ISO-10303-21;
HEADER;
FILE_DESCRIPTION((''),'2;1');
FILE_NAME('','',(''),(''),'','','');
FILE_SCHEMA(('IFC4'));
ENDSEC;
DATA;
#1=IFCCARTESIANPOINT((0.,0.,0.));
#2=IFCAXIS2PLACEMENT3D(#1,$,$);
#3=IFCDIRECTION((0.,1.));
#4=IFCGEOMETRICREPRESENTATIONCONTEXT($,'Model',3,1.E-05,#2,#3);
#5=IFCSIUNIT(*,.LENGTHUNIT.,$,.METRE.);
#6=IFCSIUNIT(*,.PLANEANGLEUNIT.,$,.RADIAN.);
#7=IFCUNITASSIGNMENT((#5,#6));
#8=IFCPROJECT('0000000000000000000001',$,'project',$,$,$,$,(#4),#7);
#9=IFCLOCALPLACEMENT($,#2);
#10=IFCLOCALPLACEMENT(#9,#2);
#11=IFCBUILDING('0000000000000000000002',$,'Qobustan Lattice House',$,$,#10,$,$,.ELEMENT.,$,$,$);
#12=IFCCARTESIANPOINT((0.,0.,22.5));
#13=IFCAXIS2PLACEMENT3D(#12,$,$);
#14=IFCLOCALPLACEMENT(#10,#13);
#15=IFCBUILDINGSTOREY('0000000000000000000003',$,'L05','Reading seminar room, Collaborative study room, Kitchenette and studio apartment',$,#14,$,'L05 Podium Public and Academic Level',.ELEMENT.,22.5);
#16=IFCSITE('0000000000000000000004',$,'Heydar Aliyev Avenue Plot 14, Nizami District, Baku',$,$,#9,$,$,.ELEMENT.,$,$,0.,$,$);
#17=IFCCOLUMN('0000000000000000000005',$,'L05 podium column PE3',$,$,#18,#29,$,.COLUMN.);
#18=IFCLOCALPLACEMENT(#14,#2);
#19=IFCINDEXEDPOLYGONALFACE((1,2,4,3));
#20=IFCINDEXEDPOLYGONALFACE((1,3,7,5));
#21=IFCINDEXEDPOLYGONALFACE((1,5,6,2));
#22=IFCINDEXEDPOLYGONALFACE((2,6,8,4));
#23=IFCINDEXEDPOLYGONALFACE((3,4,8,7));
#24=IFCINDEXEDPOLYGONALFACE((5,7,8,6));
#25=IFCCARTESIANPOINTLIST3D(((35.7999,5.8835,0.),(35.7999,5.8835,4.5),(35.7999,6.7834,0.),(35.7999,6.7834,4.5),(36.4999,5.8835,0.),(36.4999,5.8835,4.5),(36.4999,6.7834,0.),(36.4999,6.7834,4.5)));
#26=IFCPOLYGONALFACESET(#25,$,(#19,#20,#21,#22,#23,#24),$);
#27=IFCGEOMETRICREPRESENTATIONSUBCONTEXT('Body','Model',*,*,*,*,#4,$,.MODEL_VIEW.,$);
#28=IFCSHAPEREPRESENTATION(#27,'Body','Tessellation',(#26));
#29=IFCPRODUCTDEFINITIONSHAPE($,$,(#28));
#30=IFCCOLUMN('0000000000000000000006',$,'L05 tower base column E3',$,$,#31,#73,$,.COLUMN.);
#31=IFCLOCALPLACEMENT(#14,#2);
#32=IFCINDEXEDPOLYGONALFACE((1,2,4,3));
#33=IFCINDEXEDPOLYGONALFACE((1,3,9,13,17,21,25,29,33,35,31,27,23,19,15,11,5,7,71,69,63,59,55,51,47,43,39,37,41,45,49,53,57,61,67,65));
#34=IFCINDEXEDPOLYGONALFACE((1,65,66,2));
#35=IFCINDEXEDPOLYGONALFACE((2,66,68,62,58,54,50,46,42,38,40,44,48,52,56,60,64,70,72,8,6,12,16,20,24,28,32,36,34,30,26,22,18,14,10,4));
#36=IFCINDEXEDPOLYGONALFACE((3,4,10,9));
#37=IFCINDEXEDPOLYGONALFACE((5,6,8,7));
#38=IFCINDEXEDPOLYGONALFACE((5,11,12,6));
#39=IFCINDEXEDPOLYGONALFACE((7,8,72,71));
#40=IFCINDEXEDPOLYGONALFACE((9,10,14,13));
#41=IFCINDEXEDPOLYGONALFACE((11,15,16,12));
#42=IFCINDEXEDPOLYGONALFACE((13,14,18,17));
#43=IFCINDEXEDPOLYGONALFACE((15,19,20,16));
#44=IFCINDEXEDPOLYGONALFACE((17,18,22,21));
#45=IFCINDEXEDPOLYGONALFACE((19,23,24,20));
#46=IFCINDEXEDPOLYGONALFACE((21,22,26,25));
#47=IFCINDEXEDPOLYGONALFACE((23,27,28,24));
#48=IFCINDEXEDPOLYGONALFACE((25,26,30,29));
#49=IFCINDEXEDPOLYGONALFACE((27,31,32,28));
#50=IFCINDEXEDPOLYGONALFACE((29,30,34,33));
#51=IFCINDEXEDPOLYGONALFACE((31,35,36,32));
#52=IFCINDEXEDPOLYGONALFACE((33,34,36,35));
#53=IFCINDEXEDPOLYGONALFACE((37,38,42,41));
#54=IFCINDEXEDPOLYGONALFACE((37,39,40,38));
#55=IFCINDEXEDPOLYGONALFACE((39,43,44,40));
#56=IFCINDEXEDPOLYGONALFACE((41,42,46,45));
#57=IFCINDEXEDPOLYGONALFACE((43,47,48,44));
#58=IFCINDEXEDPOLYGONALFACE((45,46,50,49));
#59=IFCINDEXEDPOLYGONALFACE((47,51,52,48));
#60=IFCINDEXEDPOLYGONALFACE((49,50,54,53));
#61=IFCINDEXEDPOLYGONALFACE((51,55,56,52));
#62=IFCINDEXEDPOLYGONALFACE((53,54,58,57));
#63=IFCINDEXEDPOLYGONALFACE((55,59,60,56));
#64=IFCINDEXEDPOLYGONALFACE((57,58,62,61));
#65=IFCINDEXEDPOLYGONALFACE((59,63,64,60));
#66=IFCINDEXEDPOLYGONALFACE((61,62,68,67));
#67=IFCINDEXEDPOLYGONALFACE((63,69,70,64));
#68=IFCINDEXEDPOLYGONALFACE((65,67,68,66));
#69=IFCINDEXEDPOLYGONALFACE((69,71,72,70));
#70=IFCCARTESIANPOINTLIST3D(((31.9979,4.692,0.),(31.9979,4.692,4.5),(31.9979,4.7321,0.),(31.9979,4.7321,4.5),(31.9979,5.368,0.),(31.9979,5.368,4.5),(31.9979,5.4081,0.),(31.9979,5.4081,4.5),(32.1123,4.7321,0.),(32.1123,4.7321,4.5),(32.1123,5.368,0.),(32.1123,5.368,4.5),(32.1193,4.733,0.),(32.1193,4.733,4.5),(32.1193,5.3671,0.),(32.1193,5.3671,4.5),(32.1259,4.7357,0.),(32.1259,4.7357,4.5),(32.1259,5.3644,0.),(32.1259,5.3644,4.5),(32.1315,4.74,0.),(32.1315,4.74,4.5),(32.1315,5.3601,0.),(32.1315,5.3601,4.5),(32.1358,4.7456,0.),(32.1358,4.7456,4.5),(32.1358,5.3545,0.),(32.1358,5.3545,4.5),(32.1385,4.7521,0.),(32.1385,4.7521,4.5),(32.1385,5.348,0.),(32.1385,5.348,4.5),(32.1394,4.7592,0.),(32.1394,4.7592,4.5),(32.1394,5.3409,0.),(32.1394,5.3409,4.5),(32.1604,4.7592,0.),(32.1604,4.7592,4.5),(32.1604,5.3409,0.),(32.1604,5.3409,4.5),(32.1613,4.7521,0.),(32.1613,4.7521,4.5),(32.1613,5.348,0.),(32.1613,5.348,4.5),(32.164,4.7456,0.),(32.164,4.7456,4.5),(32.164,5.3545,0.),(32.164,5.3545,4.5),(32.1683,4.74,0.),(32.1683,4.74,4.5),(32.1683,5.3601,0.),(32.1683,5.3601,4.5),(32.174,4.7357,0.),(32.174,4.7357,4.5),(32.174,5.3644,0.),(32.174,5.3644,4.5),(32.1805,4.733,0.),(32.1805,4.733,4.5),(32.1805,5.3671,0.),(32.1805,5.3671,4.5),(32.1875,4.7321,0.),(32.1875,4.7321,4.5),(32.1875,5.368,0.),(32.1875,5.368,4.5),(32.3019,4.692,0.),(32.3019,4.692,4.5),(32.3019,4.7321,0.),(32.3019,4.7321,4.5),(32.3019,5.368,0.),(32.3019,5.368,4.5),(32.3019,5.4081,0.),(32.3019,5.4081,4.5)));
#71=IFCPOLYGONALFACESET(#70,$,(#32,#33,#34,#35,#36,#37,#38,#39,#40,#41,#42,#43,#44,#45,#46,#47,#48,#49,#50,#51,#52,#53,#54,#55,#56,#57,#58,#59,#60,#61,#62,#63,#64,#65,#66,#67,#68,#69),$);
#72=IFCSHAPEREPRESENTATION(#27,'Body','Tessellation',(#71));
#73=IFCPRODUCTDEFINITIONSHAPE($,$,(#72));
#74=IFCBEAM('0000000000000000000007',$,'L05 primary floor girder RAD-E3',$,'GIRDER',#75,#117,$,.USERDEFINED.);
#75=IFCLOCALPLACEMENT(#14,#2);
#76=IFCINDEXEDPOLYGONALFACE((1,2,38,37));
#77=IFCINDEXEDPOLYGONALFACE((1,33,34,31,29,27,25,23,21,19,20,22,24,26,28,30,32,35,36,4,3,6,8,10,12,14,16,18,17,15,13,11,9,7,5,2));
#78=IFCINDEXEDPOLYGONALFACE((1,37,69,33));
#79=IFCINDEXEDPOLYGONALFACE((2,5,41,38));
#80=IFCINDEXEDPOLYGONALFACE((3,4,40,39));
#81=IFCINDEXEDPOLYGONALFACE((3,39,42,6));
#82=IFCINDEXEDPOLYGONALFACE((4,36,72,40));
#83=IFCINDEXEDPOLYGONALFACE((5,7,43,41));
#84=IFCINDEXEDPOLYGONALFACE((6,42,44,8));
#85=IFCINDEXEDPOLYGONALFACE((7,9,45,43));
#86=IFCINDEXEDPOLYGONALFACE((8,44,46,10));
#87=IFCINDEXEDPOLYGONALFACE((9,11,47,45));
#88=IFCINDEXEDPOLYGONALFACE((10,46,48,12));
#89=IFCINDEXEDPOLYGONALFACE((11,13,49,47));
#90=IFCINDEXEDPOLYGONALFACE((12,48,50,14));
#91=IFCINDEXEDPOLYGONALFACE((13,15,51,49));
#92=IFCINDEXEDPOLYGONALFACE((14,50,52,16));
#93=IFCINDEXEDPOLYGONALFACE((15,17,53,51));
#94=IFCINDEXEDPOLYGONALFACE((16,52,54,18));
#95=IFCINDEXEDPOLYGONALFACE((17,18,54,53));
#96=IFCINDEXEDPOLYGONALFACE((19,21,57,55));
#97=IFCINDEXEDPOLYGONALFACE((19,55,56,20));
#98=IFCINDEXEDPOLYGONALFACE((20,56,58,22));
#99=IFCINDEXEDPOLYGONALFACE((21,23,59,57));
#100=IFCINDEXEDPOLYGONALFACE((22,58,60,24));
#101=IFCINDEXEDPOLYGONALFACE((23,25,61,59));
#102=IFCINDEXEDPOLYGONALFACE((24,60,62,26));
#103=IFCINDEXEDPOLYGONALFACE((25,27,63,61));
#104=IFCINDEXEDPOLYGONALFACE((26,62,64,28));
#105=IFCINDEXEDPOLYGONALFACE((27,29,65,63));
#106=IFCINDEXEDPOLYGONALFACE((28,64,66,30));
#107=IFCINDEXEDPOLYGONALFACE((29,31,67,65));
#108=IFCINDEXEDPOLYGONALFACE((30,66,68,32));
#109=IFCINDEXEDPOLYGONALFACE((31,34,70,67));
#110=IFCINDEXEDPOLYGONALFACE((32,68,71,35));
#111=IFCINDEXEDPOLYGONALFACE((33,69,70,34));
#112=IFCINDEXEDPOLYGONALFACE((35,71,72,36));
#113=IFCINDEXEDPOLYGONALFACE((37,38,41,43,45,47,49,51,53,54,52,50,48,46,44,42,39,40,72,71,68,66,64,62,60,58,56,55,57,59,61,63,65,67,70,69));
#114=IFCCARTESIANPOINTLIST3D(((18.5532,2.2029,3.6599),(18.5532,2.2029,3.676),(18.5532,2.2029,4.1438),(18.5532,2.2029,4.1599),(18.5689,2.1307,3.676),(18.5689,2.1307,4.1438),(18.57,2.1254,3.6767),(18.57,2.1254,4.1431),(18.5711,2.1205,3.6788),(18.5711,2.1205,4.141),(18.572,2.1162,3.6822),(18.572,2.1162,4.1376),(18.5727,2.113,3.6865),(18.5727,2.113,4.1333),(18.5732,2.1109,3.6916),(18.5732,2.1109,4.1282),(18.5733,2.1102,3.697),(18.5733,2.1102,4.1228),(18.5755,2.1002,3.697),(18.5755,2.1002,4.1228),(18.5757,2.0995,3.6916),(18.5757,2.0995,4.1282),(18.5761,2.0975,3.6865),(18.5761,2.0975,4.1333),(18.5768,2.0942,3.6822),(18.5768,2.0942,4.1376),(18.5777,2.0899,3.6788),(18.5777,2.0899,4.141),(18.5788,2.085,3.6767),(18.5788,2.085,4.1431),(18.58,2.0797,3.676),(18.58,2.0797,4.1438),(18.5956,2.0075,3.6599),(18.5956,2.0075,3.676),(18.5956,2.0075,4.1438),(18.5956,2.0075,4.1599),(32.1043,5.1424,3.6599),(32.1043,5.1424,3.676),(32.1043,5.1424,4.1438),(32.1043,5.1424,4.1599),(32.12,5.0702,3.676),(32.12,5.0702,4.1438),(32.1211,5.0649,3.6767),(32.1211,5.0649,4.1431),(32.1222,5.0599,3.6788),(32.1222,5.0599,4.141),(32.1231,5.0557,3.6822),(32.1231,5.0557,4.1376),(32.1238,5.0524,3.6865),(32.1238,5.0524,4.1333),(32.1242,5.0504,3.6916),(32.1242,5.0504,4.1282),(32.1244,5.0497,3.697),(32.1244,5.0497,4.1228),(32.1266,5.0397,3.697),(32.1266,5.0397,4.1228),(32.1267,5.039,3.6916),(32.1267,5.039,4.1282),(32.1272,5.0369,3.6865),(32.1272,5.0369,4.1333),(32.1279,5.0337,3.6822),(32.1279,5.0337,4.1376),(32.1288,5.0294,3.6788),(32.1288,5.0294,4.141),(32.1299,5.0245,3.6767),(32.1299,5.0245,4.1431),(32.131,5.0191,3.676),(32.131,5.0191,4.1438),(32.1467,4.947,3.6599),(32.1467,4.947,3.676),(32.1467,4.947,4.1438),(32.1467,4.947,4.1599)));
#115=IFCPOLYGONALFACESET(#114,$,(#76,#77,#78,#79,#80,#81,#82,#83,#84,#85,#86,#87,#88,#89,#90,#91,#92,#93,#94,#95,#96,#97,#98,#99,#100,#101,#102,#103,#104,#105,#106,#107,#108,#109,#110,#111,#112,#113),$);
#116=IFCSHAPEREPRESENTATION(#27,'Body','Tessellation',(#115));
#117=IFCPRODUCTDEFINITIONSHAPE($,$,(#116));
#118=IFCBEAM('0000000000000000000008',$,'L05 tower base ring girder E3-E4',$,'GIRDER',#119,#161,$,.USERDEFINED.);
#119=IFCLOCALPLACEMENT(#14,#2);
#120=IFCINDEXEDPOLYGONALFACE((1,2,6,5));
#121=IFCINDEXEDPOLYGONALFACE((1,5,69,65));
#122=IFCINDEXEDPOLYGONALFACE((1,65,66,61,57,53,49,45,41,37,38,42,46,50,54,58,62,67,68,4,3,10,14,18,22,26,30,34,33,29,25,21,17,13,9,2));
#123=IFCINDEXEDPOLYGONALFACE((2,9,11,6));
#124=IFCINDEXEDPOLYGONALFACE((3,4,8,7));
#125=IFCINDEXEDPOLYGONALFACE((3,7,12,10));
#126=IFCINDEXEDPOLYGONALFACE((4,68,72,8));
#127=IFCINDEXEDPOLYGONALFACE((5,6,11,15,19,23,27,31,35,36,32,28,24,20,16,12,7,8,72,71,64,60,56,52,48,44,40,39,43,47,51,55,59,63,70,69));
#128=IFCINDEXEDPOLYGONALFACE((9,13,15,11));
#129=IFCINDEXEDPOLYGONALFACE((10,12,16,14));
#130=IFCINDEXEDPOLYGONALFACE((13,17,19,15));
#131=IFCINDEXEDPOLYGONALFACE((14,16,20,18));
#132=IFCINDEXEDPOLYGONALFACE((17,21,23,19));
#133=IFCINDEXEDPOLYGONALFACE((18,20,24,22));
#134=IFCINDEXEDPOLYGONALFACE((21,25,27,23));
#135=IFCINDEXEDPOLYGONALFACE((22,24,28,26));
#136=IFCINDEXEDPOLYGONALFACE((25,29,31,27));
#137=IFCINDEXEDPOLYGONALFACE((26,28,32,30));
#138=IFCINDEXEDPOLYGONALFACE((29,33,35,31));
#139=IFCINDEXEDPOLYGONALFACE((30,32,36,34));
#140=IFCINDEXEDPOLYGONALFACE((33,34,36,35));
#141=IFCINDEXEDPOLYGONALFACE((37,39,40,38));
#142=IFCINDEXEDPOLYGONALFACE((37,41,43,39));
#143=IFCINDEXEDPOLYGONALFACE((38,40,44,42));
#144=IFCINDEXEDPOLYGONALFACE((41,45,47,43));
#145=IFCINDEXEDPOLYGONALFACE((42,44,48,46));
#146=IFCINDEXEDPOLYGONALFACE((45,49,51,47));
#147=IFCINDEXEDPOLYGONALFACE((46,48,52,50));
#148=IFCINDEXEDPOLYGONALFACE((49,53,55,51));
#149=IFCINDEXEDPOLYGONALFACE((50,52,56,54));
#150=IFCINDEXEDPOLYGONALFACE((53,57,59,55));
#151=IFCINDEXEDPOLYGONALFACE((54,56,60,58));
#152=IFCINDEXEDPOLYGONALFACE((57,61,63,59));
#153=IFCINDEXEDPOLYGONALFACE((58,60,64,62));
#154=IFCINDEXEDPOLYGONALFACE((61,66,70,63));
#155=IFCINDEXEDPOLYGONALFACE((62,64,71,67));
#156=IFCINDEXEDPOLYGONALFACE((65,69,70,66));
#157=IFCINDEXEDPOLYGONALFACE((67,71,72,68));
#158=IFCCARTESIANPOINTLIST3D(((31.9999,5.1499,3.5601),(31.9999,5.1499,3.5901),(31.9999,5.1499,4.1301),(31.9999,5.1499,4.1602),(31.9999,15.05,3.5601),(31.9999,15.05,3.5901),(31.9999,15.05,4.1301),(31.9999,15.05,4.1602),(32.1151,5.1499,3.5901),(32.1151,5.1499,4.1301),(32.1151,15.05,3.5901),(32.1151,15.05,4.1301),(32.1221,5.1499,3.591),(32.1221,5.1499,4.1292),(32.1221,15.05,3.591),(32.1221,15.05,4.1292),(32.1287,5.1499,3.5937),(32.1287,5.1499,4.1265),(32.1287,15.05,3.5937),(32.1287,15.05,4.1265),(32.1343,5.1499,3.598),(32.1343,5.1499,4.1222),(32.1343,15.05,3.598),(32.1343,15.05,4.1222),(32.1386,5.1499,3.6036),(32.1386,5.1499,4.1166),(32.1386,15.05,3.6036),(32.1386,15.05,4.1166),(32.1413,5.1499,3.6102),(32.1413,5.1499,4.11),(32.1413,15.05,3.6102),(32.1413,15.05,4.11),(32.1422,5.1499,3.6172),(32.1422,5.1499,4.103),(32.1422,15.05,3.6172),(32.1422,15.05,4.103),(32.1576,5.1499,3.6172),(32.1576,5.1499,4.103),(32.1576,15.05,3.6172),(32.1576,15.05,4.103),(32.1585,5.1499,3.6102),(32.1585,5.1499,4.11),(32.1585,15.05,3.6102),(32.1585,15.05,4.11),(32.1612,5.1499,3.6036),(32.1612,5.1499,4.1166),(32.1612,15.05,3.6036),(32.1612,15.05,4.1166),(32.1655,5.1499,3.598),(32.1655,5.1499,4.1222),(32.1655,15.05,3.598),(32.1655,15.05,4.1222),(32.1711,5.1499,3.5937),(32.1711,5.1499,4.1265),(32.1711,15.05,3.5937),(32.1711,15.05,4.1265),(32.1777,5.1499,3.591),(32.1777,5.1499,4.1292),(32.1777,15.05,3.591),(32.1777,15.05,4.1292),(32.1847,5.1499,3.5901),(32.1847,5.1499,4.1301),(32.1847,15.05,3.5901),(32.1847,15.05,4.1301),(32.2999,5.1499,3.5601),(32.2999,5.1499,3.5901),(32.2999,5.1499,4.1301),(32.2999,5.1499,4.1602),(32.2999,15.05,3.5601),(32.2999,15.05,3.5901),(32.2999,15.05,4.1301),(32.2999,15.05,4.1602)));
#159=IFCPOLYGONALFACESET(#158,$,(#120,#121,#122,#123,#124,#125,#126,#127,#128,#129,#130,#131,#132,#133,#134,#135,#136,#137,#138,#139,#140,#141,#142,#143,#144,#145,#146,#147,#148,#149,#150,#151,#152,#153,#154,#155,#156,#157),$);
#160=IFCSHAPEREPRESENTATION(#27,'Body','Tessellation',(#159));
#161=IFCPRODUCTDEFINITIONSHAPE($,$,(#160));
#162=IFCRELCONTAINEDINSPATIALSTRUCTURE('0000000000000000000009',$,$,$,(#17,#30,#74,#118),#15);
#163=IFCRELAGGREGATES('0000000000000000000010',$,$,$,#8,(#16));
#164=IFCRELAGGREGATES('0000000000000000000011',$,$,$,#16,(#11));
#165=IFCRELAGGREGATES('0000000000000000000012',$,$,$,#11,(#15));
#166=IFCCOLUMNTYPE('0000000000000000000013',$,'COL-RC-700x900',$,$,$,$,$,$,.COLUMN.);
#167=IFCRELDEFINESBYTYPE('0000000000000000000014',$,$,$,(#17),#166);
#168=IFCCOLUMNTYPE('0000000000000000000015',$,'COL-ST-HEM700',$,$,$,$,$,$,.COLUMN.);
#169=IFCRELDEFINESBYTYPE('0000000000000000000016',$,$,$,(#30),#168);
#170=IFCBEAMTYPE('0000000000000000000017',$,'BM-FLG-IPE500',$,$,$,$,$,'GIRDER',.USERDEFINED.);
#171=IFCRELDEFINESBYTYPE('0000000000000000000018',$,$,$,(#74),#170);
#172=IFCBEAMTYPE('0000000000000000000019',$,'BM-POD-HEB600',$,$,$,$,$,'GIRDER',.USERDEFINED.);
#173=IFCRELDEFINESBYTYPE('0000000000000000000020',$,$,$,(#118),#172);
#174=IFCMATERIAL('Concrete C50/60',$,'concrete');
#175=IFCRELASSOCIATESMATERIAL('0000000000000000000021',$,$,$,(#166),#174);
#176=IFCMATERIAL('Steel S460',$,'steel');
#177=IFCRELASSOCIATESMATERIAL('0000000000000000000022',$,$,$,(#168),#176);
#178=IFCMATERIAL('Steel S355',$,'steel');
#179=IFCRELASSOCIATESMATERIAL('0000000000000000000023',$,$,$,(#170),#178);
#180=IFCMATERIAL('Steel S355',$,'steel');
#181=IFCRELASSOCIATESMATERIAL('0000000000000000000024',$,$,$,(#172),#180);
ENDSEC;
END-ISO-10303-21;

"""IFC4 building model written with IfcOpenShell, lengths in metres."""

from ifc_helpers import new_model, si_unit, direction, frame, origin, origin_2d, place, context, subcontext, project, spatial, rectangle, i_section, extrude, material, material_profile, profile_set, type_object, element, save


model = new_model("IFC4")

# Units and contexts
model_context = context("Model", 3, precision=1e-05, world=origin(), true_north=direction((0.0, 1.0)))
body_context = subcontext(model_context, "Body", "Model", "MODEL_VIEW")
ifc_project = project(units=[si_unit("LENGTHUNIT", "METRE"), si_unit("PLANEANGLEUNIT", "RADIAN")], contexts=[model_context])

# Site, building, storey
site_placement = place(None, origin())
site = spatial("IfcSite", under=ifc_project, at=site_placement, Name="Heydar Aliyev Avenue Plot 14, Nizami District, Baku", CompositionType="ELEMENT", RefElevation=0.0)
building_placement = place(site_placement, origin())
building = spatial("IfcBuilding", under=site, at=building_placement, Name="Qobustan Lattice House", CompositionType="ELEMENT")
storey_placement = place(building_placement, frame((0.0, 0.0, 22.5)))
storey = spatial("IfcBuildingStorey", under=building, at=storey_placement, Name="L05", Description="Reading seminar room, Collaborative study room, Kitchenette and studio apartment", LongName="L05 Podium Public and Academic Level", CompositionType="ELEMENT", Elevation=22.5)

# Columns
ifc_material_1 = material(Name="Concrete C50/60", Category="concrete")
ifc_material_profile_1 = material_profile(ifc_material_1, rectangle(XDim=0.7, YDim=0.8999, at=origin_2d()), Name="RC700x900")
ifc_profile_set_1 = profile_set([ifc_material_profile_1], Name="Concrete C50/60")
column_type_1 = type_object("IfcColumnType", Name="COL-RC-700x900", PredefinedType="COLUMN", material=ifc_profile_set_1)
column_1_placement = place(storey_placement, frame((36.1499, 6.3335, 0.0), z_axis=(0.0, 0.0, 1.0), x_axis=(1.0, 0.0, 0.0)))
element("IfcColumn", 1, at=column_1_placement, inside=storey, type_object=column_type_1, Name="L05 podium column PE3", PredefinedType="COLUMN", context=body_context, shape_type="SweptSolid", body=[
    extrude(rectangle(XDim=0.7, YDim=0.8999, at=origin_2d()), origin(), (0.0, 0.0, 1.0), 4.5),
])
ifc_material_2 = material(Name="Steel S460", Category="steel")
ifc_material_profile_2 = material_profile(ifc_material_2, i_section(OverallWidth=0.304, OverallDepth=0.7161, WebThickness=0.021, FlangeThickness=0.04, FilletRadius=0.0271, at=origin_2d()), Name="HEM700")
ifc_profile_set_2 = profile_set([ifc_material_profile_2], Name="Steel S460")
column_type_2 = type_object("IfcColumnType", Name="COL-ST-HEM700", PredefinedType="COLUMN", material=ifc_profile_set_2)
column_2_placement = place(storey_placement, frame((32.1499, 5.05, 0.0), z_axis=(0.0, 0.0, 1.0), x_axis=(1.0, 0.0, 0.0)))
element("IfcColumn", 2, at=column_2_placement, inside=storey, type_object=column_type_2, Name="L05 tower base column E3", PredefinedType="COLUMN", context=body_context, shape_type="SweptSolid", body=[
    extrude(i_section(OverallWidth=0.304, OverallDepth=0.7161, WebThickness=0.021, FlangeThickness=0.04, FilletRadius=0.0271, at=origin_2d()), origin(), (0.0, 0.0, 1.0), 4.5),
])

# Beams
ifc_material_3 = material(Name="Steel S355", Category="steel")
ifc_material_profile_3 = material_profile(ifc_material_3, i_section(OverallWidth=0.2, OverallDepth=0.5, WebThickness=0.0103, FlangeThickness=0.0161, FilletRadius=0.021, at=origin_2d()), Name="IPE500")
ifc_profile_set_3 = profile_set([ifc_material_profile_3], Name="Steel S355")
beam_type_1 = type_object("IfcBeamType", Name="BM-FLG-IPE500", ElementType="GIRDER", PredefinedType="USERDEFINED", material=ifc_profile_set_3)
beam_1_placement = place(storey_placement, frame((32.1255, 5.0447, 3.9099), z_axis=(-0.977272, -0.211987, 0.0), x_axis=(0.211987, -0.977272, 0.0)))
element("IfcBeam", 3, at=beam_1_placement, inside=storey, type_object=beam_type_1, Name="L05 primary floor girder RAD-E3", ObjectType="GIRDER", PredefinedType="USERDEFINED", context=body_context, shape_type="SweptSolid", body=[
    extrude(i_section(OverallWidth=0.2, OverallDepth=0.5, WebThickness=0.0103, FlangeThickness=0.0161, FilletRadius=0.021, at=origin_2d()), origin(), (0.0, 0.0, 1.0), 13.8662),
])
ifc_material_4 = material(Name="Steel S355", Category="steel")
ifc_material_profile_4 = material_profile(ifc_material_4, i_section(OverallWidth=0.3, OverallDepth=0.6001, WebThickness=0.0154, FlangeThickness=0.03, FilletRadius=0.0271, at=origin_2d()), Name="HEB600")
ifc_profile_set_4 = profile_set([ifc_material_profile_4], Name="Steel S355")
beam_type_2 = type_object("IfcBeamType", Name="BM-POD-HEB600", ElementType="GIRDER", PredefinedType="USERDEFINED", material=ifc_profile_set_4)
beam_2_placement = place(storey_placement, frame((32.1499, 5.1499, 3.8601), z_axis=(0.0, 1.0, 0.0), x_axis=(-1.0, 0.0, 0.0)))
element("IfcBeam", 4, at=beam_2_placement, inside=storey, type_object=beam_type_2, Name="L05 tower base ring girder E3-E4", ObjectType="GIRDER", PredefinedType="USERDEFINED", context=body_context, shape_type="SweptSolid", body=[
    extrude(i_section(OverallWidth=0.3, OverallDepth=0.6001, WebThickness=0.0154, FlangeThickness=0.03, FilletRadius=0.0271, at=origin_2d()), origin(), (0.0, 0.0, 1.0), 9.9001),
])

save(model, "model.ifc")
